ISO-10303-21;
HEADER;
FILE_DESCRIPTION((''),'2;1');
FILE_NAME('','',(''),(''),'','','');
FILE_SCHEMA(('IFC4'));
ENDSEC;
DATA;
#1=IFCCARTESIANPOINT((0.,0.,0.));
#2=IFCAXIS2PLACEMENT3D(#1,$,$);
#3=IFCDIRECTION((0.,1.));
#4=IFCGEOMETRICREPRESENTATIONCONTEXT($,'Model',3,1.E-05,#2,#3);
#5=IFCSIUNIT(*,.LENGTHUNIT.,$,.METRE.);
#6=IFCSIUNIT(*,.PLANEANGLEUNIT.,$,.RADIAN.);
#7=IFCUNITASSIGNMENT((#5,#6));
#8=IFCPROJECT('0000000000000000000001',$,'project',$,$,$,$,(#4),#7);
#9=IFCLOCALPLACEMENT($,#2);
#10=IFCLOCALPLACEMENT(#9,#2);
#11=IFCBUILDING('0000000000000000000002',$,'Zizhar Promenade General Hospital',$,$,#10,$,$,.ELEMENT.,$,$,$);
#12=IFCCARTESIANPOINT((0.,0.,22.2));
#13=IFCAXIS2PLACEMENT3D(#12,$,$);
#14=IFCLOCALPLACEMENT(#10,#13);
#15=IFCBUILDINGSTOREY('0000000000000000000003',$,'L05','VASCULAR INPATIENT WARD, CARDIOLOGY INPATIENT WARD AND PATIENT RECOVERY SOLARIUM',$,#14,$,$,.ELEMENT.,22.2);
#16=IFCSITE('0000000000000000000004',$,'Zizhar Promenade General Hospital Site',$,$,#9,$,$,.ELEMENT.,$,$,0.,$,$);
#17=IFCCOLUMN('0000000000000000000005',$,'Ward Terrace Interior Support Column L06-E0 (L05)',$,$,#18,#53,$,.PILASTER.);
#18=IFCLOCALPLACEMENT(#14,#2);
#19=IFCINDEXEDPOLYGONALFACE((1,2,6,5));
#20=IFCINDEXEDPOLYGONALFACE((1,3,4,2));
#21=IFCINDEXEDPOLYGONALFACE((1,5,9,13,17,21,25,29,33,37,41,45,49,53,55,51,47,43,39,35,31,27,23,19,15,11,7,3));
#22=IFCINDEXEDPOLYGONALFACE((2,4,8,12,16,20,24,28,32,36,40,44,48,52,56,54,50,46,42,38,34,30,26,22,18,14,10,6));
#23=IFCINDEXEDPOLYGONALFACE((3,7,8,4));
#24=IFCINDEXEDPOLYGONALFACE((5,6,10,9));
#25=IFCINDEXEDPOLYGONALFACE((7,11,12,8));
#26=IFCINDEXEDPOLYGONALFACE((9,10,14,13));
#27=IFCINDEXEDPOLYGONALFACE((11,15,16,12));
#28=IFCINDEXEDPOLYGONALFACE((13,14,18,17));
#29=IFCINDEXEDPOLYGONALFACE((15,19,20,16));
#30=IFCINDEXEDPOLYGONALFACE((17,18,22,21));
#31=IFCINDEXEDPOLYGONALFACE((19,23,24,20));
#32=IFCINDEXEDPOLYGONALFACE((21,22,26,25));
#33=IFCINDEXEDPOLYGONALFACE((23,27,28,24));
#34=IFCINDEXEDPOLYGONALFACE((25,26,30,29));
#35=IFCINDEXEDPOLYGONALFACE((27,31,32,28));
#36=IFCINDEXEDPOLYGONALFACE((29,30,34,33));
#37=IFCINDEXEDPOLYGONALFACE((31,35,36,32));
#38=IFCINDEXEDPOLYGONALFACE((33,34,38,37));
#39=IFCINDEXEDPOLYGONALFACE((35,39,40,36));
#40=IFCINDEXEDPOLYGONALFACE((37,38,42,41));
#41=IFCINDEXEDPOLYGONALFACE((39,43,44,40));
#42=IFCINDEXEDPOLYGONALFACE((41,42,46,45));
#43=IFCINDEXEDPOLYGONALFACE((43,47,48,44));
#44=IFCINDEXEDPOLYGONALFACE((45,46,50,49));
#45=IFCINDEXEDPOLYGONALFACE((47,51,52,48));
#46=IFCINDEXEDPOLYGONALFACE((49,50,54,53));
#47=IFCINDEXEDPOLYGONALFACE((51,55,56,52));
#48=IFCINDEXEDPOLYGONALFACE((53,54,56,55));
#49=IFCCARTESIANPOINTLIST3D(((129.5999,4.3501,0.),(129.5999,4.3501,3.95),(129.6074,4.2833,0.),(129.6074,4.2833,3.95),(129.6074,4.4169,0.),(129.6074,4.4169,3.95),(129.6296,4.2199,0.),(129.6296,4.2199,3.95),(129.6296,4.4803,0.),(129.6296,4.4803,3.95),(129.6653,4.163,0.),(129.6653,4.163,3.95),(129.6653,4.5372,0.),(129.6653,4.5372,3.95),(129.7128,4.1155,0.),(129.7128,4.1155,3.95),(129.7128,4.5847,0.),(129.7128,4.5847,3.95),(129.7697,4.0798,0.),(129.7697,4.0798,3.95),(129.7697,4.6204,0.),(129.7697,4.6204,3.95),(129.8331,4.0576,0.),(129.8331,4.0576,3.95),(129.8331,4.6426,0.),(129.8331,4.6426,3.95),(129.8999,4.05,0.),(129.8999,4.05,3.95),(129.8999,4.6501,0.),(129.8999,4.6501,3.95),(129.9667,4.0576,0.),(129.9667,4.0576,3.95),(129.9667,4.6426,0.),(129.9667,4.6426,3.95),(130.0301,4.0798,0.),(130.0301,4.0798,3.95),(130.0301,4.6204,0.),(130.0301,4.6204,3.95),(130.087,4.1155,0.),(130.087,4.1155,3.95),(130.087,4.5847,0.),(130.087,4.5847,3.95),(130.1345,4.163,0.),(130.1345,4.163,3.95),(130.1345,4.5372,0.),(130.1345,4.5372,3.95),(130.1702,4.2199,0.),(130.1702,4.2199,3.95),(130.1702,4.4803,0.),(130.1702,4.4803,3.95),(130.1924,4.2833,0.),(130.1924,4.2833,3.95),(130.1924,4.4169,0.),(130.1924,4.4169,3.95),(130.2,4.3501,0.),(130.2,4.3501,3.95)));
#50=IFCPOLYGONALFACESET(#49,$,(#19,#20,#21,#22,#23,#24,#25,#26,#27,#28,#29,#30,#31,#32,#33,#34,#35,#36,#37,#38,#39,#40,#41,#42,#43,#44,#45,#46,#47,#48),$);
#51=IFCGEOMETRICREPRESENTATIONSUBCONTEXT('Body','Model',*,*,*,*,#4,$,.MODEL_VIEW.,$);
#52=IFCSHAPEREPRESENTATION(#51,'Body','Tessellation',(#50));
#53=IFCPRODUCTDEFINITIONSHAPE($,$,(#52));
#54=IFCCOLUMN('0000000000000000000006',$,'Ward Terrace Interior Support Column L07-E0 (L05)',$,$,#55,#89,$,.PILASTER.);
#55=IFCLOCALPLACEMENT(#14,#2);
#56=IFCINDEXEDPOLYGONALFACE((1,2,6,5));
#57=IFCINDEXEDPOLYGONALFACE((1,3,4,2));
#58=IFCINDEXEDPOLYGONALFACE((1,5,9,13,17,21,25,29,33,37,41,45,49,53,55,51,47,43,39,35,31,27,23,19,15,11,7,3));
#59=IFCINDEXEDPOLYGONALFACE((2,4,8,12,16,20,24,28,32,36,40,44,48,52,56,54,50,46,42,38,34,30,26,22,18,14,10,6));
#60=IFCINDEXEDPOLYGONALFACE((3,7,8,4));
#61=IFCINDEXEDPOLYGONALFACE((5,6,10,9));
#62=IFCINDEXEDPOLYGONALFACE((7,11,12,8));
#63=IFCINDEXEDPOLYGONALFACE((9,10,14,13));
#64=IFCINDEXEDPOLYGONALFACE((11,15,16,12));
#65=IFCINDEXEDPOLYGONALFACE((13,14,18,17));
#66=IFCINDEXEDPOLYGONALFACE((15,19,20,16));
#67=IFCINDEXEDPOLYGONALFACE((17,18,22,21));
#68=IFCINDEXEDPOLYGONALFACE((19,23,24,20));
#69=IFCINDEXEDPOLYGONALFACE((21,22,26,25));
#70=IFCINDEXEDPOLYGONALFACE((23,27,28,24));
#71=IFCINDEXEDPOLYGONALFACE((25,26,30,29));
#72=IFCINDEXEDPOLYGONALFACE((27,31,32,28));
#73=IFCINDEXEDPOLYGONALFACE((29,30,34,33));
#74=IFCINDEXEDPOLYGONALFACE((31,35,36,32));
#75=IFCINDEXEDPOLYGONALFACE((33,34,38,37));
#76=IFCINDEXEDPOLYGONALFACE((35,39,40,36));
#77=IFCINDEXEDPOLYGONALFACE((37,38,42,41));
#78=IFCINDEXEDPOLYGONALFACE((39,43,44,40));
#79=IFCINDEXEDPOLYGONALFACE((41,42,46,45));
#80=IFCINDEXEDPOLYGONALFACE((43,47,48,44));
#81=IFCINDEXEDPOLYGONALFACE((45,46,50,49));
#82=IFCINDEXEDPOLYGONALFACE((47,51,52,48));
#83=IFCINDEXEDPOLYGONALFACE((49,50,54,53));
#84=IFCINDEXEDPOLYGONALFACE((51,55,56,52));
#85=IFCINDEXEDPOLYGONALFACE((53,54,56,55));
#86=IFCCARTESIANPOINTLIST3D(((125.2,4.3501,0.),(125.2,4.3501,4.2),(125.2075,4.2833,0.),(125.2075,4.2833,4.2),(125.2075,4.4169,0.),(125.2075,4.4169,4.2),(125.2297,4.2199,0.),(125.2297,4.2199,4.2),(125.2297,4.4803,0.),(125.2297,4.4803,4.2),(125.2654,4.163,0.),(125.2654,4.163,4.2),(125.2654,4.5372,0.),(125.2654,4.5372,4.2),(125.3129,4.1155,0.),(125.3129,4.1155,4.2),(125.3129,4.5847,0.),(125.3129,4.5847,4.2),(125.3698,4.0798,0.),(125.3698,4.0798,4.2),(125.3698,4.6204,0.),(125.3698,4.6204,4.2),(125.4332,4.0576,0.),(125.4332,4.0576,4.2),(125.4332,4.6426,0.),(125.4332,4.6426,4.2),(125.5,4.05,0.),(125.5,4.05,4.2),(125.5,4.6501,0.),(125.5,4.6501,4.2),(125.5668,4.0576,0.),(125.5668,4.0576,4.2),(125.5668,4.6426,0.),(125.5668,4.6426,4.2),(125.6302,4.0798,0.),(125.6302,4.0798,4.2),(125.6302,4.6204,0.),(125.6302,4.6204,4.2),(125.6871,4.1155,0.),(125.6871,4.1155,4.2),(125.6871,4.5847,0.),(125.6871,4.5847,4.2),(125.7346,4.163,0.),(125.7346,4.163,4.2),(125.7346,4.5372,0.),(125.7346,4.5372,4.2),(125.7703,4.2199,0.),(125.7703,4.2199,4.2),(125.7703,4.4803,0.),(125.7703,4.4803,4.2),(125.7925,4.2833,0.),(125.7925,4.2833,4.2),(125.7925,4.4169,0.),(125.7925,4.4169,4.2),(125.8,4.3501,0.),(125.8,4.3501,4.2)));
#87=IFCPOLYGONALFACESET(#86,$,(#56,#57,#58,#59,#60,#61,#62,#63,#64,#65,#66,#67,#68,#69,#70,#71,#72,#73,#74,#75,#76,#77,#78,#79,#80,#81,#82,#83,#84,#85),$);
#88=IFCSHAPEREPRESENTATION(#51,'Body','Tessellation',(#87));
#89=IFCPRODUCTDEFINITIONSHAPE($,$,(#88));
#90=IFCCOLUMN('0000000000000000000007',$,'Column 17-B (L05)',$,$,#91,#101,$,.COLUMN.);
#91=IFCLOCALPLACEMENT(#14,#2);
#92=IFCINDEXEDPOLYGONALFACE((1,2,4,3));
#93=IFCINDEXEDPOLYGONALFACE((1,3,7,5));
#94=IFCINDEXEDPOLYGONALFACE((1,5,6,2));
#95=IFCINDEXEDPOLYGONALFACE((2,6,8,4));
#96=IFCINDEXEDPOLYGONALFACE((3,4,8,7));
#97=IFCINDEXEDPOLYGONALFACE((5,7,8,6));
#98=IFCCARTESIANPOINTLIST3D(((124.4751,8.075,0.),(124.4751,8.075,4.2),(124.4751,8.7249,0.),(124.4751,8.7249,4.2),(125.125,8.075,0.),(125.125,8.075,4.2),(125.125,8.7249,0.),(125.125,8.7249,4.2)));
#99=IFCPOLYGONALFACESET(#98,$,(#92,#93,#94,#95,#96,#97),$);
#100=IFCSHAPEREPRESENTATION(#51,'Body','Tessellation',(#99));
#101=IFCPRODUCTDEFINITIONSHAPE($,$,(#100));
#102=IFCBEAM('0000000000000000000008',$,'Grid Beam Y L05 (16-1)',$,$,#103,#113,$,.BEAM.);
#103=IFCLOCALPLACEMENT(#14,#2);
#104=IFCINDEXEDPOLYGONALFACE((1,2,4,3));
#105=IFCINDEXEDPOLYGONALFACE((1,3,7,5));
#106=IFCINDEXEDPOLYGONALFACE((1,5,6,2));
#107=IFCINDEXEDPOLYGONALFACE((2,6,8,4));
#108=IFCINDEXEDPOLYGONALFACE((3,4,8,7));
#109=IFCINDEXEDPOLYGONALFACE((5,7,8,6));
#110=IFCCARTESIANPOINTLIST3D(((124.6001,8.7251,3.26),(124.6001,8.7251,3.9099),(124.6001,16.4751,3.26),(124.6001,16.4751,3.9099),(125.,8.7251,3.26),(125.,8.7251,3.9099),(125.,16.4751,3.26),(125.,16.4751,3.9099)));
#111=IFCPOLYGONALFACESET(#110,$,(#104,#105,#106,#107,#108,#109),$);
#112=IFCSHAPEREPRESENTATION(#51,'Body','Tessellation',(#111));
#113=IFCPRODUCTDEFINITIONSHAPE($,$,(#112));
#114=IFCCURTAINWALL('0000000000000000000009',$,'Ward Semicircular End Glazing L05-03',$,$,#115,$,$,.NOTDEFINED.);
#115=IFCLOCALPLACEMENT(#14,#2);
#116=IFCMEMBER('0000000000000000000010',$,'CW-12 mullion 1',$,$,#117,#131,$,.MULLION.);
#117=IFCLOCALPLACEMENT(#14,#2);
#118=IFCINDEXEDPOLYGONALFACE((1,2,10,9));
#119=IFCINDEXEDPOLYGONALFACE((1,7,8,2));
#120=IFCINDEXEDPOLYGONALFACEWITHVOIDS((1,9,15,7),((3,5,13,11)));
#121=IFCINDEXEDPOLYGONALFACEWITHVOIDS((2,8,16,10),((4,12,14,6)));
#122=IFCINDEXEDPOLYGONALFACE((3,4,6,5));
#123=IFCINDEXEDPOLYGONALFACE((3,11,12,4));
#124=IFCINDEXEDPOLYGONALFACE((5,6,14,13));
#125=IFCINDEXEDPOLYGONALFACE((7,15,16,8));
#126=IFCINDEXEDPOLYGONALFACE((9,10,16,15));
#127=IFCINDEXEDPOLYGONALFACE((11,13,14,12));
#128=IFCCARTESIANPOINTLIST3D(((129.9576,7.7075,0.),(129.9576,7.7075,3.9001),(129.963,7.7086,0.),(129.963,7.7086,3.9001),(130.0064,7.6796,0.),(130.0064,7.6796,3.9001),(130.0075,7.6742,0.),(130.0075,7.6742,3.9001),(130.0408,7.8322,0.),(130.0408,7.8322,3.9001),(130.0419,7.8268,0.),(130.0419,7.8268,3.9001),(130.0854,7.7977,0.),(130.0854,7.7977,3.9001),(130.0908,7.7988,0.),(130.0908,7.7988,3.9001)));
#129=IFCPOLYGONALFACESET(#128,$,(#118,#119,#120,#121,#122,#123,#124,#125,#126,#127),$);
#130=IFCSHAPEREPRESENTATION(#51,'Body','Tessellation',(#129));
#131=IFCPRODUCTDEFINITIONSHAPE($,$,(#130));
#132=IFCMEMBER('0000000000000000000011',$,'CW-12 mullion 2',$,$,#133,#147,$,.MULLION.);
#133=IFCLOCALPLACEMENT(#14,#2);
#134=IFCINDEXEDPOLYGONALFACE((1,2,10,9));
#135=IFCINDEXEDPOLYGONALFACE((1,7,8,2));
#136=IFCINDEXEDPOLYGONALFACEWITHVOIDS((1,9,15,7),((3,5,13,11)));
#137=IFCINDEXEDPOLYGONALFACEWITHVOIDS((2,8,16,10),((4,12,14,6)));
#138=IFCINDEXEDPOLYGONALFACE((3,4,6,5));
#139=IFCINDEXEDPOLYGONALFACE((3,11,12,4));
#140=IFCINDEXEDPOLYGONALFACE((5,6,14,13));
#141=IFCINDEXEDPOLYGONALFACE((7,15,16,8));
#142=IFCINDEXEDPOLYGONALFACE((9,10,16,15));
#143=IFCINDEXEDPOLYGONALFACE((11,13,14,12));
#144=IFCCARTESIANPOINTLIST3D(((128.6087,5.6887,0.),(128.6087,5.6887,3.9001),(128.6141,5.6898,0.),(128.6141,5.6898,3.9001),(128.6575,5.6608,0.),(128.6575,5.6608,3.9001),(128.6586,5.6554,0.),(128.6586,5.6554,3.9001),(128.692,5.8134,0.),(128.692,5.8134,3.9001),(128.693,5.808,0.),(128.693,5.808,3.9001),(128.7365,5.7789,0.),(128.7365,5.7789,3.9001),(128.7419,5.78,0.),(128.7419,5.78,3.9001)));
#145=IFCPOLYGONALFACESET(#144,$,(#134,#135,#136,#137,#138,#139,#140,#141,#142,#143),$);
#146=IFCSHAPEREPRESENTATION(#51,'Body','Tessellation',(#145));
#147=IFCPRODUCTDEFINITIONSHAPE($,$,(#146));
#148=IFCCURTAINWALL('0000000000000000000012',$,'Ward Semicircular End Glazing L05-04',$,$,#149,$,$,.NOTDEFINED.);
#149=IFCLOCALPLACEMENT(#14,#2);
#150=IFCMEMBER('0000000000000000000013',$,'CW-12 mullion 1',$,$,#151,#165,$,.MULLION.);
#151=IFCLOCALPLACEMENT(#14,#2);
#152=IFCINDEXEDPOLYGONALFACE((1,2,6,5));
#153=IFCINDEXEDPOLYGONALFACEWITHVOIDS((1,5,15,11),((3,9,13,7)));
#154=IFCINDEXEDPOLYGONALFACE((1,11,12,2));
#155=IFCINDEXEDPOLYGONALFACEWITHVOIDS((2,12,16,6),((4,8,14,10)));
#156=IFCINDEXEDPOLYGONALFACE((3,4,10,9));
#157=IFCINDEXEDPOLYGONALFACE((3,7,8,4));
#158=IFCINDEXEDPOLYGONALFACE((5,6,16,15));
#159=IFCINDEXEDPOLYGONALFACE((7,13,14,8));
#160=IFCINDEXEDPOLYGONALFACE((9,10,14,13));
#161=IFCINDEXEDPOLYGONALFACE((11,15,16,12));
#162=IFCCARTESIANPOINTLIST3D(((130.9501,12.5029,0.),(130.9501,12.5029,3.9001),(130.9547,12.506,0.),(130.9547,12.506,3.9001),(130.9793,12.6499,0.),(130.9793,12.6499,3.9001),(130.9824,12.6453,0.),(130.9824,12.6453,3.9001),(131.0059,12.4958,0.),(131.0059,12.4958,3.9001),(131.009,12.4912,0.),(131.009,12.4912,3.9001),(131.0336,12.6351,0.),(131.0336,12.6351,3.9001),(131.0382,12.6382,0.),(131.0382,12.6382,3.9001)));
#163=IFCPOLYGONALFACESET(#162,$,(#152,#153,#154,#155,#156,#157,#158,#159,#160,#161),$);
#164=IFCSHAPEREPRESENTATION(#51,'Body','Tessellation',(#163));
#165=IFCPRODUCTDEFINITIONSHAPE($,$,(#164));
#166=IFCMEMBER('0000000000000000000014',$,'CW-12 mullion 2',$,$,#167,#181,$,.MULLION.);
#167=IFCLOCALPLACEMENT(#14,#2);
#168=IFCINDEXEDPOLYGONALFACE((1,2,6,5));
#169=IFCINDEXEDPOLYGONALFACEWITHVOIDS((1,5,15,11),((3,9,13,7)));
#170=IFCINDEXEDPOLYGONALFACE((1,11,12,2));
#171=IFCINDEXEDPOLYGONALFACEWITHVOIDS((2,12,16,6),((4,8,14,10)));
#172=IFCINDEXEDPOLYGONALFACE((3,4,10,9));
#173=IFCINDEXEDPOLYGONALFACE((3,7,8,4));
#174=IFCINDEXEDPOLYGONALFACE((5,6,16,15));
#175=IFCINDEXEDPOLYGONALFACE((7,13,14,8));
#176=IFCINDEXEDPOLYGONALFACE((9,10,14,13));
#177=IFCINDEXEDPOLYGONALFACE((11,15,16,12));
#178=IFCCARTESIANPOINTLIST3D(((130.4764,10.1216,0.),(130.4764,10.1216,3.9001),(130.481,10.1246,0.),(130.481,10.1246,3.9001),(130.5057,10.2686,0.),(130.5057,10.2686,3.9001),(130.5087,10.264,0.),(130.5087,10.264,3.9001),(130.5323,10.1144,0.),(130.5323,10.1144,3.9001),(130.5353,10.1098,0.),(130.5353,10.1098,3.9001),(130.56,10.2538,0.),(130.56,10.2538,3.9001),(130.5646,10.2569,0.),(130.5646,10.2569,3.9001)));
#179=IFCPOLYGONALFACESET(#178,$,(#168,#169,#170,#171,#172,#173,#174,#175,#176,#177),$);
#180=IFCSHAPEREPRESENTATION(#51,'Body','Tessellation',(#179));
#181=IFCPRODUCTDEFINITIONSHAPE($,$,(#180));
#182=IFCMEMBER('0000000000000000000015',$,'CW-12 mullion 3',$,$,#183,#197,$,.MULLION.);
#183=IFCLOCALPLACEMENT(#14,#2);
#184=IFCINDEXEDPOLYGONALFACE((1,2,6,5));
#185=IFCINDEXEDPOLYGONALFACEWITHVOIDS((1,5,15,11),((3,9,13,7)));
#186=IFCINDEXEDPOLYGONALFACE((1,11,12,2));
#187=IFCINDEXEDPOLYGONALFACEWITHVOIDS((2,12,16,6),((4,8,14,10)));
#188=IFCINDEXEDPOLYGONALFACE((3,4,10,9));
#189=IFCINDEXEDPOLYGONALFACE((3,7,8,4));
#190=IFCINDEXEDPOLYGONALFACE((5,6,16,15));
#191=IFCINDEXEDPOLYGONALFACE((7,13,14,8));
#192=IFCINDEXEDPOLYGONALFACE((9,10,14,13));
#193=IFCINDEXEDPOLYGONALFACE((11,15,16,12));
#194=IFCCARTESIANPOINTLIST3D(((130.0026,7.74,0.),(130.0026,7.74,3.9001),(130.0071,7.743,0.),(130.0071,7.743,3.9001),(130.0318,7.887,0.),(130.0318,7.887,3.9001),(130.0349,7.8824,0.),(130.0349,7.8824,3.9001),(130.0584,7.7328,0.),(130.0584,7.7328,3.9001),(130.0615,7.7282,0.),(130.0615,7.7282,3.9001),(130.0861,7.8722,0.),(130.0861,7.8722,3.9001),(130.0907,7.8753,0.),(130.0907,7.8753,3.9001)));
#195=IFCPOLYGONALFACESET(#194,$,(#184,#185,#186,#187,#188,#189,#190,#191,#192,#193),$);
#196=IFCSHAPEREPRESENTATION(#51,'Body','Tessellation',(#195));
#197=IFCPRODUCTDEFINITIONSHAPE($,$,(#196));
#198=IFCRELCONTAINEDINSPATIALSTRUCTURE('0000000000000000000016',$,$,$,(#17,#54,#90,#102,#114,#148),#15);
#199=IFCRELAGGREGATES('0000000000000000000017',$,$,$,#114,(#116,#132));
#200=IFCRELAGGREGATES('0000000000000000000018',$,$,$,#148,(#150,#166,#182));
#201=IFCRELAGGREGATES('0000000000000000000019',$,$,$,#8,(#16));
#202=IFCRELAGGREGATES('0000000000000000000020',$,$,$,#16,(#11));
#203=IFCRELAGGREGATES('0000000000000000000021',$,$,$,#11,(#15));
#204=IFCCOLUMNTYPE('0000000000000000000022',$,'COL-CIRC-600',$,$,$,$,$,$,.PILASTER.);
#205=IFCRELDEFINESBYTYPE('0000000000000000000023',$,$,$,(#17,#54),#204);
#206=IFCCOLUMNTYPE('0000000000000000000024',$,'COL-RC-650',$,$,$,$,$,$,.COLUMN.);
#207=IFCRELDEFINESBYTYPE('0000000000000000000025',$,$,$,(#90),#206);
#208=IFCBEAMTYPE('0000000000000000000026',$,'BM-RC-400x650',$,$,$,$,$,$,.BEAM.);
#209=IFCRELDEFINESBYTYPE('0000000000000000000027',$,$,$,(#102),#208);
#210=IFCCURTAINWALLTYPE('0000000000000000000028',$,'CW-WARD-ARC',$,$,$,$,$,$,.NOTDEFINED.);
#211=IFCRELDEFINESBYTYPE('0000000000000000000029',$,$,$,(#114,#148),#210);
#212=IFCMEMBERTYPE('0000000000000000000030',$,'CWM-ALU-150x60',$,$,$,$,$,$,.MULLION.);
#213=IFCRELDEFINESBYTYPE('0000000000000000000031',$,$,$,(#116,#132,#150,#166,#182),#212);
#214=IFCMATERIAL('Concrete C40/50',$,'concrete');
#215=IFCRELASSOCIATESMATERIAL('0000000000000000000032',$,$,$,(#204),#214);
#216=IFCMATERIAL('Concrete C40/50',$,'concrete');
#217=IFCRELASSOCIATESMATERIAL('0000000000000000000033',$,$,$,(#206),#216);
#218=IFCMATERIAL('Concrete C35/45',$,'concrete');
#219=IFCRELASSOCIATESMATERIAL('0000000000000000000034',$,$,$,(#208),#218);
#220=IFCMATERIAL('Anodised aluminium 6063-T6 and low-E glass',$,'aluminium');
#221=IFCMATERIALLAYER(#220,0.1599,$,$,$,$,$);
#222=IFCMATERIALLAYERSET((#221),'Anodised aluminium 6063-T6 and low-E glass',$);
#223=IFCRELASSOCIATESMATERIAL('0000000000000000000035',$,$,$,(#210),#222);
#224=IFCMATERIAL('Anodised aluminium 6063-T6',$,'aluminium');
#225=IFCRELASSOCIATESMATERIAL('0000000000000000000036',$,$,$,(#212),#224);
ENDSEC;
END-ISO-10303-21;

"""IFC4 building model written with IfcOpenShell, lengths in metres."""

from ifc_helpers import new_model, si_unit, direction, frame, origin, origin_2d, place, context, subcontext, project, spatial, rectangle, hollow_rectangle, circle, extrude, material, layer, layer_set, material_profile, profile_set, type_object, element, aggregate, save


model = new_model("IFC4")

# Units and contexts
model_context = context("Model", 3, precision=1e-05, world=origin(), true_north=direction((0.0, 1.0)))
body_context = subcontext(model_context, "Body", "Model", "MODEL_VIEW")
ifc_project = project(units=[si_unit("LENGTHUNIT", "METRE"), si_unit("PLANEANGLEUNIT", "RADIAN")], contexts=[model_context])

# Site, building, storey
site_placement = place(None, origin())
site = spatial("IfcSite", under=ifc_project, at=site_placement, Name="Zizhar Promenade General Hospital Site", CompositionType="ELEMENT", RefElevation=0.0)
building_placement = place(site_placement, origin())
building = spatial("IfcBuilding", under=site, at=building_placement, Name="Zizhar Promenade General Hospital", CompositionType="ELEMENT")
storey_placement = place(building_placement, frame((0.0, 0.0, 22.2)))
storey = spatial("IfcBuildingStorey", under=building, at=storey_placement, Name="L05", Description="VASCULAR INPATIENT WARD, CARDIOLOGY INPATIENT WARD AND PATIENT RECOVERY SOLARIUM", CompositionType="ELEMENT", Elevation=22.2)

# Columns
ifc_material_1 = material(Name="Concrete C40/50", Category="concrete")
ifc_material_profile_1 = material_profile(ifc_material_1, circle(Radius=0.3, at=origin_2d()))
ifc_profile_set_1 = profile_set([ifc_material_profile_1], Name="Concrete C40/50")
column_type_1 = type_object("IfcColumnType", Name="COL-CIRC-600", PredefinedType="PILASTER", material=ifc_profile_set_1)
column_1_placement = place(storey_placement, frame((129.8999, 4.3501, 0.0), z_axis=(0.0, 0.0, 1.0), x_axis=(1.0, 0.0, 0.0)))
element("IfcColumn", 1, at=column_1_placement, inside=storey, type_object=column_type_1, Name="Ward Terrace Interior Support Column L06-E0 (L05)", PredefinedType="PILASTER", context=body_context, shape_type="SweptSolid", body=[
    extrude(circle(Radius=0.3, at=origin_2d()), origin(), (0.0, 0.0, 1.0), 3.95),
])
column_2_placement = place(storey_placement, frame((125.5, 4.3501, 0.0), z_axis=(0.0, 0.0, 1.0), x_axis=(1.0, 0.0, 0.0)))
element("IfcColumn", 2, at=column_2_placement, inside=storey, type_object=column_type_1, Name="Ward Terrace Interior Support Column L07-E0 (L05)", PredefinedType="PILASTER", context=body_context, shape_type="SweptSolid", body=[
    extrude(circle(Radius=0.3, at=origin_2d()), origin(), (0.0, 0.0, 1.0), 4.2),
])
ifc_material_2 = material(Name="Concrete C40/50", Category="concrete")
ifc_material_profile_2 = material_profile(ifc_material_2, rectangle(XDim=0.6499, YDim=0.6499, at=origin_2d()))
ifc_profile_set_2 = profile_set([ifc_material_profile_2], Name="Concrete C40/50")
column_type_2 = type_object("IfcColumnType", Name="COL-RC-650", PredefinedType="COLUMN", material=ifc_profile_set_2)
column_3_placement = place(storey_placement, frame((124.8, 8.3999, 0.0), z_axis=(0.0, 0.0, 1.0), x_axis=(1.0, 0.0, 0.0)))
element("IfcColumn", 3, at=column_3_placement, inside=storey, type_object=column_type_2, Name="Column 17-B (L05)", PredefinedType="COLUMN", context=body_context, shape_type="SweptSolid", body=[
    extrude(rectangle(XDim=0.6499, YDim=0.6499, at=origin_2d()), origin(), (0.0, 0.0, 1.0), 4.2),
])

# Beam
ifc_material_3 = material(Name="Concrete C35/45", Category="concrete")
ifc_material_profile_3 = material_profile(ifc_material_3, rectangle(XDim=0.3999, YDim=0.6499, at=origin_2d()))
ifc_profile_set_3 = profile_set([ifc_material_profile_3], Name="Concrete C35/45")
beam_type = type_object("IfcBeamType", Name="BM-RC-400x650", PredefinedType="BEAM", material=ifc_profile_set_3)
beam_placement = place(storey_placement, frame((124.8, 8.7251, 3.585), z_axis=(0.0, 1.0, 0.0), x_axis=(-1.0, 0.0, 0.0)))
element("IfcBeam", 4, at=beam_placement, inside=storey, type_object=beam_type, Name="Grid Beam Y L05 (16-1)", PredefinedType="BEAM", context=body_context, shape_type="SweptSolid", body=[
    extrude(rectangle(XDim=0.3999, YDim=0.6499, at=origin_2d()), origin(), (0.0, 0.0, 1.0), 7.75),
])

# Curtain walls, members
ifc_material_4 = material(Name="Anodised aluminium 6063-T6 and low-E glass", Category="aluminium")
ifc_layer_1 = layer(ifc_material_4, 0.1599)
ifc_layer_set_1 = layer_set([ifc_layer_1], Name="Anodised aluminium 6063-T6 and low-E glass")
curtain_wall_type = type_object("IfcCurtainWallType", Name="CW-WARD-ARC", PredefinedType="NOTDEFINED", material=ifc_layer_set_1)
curtain_wall_1_placement = place(storey_placement, origin())
curtain_wall_1 = element("IfcCurtainWall", 5, at=curtain_wall_1_placement, inside=storey, type_object=curtain_wall_type, Name="Ward Semicircular End Glazing L05-03", PredefinedType="NOTDEFINED")
ifc_material_5 = material(Name="Anodised aluminium 6063-T6", Category="aluminium")
ifc_material_profile_4 = material_profile(ifc_material_5, hollow_rectangle(XDim=0.0601, YDim=0.1499, WallThickness=0.0039, at=origin_2d()))
ifc_profile_set_4 = profile_set([ifc_material_profile_4], Name="Anodised aluminium 6063-T6")
member_type_1 = type_object("IfcMemberType", Name="CWM-ALU-150x60", PredefinedType="MULLION", material=ifc_profile_set_4)
member_1_placement = place(storey_placement, frame((130.0242, 7.7532, 0.0), z_axis=(0.0, 0.0, 1.0), x_axis=(0.831462, -0.555582, 0.0)))
member_1 = element("IfcMember", 6, at=member_1_placement, type_object=member_type_1, Name="CW-12 mullion 1", PredefinedType="MULLION", context=body_context, shape_type="SweptSolid", body=[
    extrude(hollow_rectangle(XDim=0.0601, YDim=0.1499, WallThickness=0.0039, at=origin_2d()), origin(), (0.0, 0.0, 1.0), 3.9001),
])
member_2_placement = place(storey_placement, frame((128.6753, 5.7344, 0.0), z_axis=(0.0, 0.0, 1.0), x_axis=(0.831462, -0.555582, 0.0)))
member_2 = element("IfcMember", 7, at=member_2_placement, type_object=member_type_1, Name="CW-12 mullion 2", PredefinedType="MULLION", context=body_context, shape_type="SweptSolid", body=[
    extrude(hollow_rectangle(XDim=0.0601, YDim=0.1499, WallThickness=0.0039, at=origin_2d()), origin(), (0.0, 0.0, 1.0), 3.9001),
])
curtain_wall_2_placement = place(storey_placement, origin())
curtain_wall_2 = element("IfcCurtainWall", 8, at=curtain_wall_2_placement, inside=storey, type_object=curtain_wall_type, Name="Ward Semicircular End Glazing L05-04", PredefinedType="NOTDEFINED")
member_3_placement = place(storey_placement, frame((130.9941, 12.5706, 0.0), z_axis=(0.0, 0.0, 1.0), x_axis=(0.980786, -0.195087, 0.0)))
member_3 = element("IfcMember", 9, at=member_3_placement, type_object=member_type_1, Name="CW-12 mullion 1", PredefinedType="MULLION", context=body_context, shape_type="SweptSolid", body=[
    extrude(hollow_rectangle(XDim=0.0601, YDim=0.1499, WallThickness=0.0039, at=origin_2d()), origin(), (0.0, 0.0, 1.0), 3.9001),
])
member_4_placement = place(storey_placement, frame((130.5205, 10.1892, 0.0), z_axis=(0.0, 0.0, 1.0), x_axis=(0.980786, -0.195087, 0.0)))
member_4 = element("IfcMember", 10, at=member_4_placement, type_object=member_type_1, Name="CW-12 mullion 2", PredefinedType="MULLION", context=body_context, shape_type="SweptSolid", body=[
    extrude(hollow_rectangle(XDim=0.0601, YDim=0.1499, WallThickness=0.0039, at=origin_2d()), origin(), (0.0, 0.0, 1.0), 3.9001),
])
member_5_placement = place(storey_placement, frame((130.0466, 7.8076, 0.0), z_axis=(0.0, 0.0, 1.0), x_axis=(0.980786, -0.195087, 0.0)))
member_5 = element("IfcMember", 11, at=member_5_placement, type_object=member_type_1, Name="CW-12 mullion 3", PredefinedType="MULLION", context=body_context, shape_type="SweptSolid", body=[
    extrude(hollow_rectangle(XDim=0.0601, YDim=0.1499, WallThickness=0.0039, at=origin_2d()), origin(), (0.0, 0.0, 1.0), 3.9001),
])

aggregate(curtain_wall_1, [member_1, member_2])
aggregate(curtain_wall_2, [member_3, member_4, member_5])

save(model, "model.ifc")
